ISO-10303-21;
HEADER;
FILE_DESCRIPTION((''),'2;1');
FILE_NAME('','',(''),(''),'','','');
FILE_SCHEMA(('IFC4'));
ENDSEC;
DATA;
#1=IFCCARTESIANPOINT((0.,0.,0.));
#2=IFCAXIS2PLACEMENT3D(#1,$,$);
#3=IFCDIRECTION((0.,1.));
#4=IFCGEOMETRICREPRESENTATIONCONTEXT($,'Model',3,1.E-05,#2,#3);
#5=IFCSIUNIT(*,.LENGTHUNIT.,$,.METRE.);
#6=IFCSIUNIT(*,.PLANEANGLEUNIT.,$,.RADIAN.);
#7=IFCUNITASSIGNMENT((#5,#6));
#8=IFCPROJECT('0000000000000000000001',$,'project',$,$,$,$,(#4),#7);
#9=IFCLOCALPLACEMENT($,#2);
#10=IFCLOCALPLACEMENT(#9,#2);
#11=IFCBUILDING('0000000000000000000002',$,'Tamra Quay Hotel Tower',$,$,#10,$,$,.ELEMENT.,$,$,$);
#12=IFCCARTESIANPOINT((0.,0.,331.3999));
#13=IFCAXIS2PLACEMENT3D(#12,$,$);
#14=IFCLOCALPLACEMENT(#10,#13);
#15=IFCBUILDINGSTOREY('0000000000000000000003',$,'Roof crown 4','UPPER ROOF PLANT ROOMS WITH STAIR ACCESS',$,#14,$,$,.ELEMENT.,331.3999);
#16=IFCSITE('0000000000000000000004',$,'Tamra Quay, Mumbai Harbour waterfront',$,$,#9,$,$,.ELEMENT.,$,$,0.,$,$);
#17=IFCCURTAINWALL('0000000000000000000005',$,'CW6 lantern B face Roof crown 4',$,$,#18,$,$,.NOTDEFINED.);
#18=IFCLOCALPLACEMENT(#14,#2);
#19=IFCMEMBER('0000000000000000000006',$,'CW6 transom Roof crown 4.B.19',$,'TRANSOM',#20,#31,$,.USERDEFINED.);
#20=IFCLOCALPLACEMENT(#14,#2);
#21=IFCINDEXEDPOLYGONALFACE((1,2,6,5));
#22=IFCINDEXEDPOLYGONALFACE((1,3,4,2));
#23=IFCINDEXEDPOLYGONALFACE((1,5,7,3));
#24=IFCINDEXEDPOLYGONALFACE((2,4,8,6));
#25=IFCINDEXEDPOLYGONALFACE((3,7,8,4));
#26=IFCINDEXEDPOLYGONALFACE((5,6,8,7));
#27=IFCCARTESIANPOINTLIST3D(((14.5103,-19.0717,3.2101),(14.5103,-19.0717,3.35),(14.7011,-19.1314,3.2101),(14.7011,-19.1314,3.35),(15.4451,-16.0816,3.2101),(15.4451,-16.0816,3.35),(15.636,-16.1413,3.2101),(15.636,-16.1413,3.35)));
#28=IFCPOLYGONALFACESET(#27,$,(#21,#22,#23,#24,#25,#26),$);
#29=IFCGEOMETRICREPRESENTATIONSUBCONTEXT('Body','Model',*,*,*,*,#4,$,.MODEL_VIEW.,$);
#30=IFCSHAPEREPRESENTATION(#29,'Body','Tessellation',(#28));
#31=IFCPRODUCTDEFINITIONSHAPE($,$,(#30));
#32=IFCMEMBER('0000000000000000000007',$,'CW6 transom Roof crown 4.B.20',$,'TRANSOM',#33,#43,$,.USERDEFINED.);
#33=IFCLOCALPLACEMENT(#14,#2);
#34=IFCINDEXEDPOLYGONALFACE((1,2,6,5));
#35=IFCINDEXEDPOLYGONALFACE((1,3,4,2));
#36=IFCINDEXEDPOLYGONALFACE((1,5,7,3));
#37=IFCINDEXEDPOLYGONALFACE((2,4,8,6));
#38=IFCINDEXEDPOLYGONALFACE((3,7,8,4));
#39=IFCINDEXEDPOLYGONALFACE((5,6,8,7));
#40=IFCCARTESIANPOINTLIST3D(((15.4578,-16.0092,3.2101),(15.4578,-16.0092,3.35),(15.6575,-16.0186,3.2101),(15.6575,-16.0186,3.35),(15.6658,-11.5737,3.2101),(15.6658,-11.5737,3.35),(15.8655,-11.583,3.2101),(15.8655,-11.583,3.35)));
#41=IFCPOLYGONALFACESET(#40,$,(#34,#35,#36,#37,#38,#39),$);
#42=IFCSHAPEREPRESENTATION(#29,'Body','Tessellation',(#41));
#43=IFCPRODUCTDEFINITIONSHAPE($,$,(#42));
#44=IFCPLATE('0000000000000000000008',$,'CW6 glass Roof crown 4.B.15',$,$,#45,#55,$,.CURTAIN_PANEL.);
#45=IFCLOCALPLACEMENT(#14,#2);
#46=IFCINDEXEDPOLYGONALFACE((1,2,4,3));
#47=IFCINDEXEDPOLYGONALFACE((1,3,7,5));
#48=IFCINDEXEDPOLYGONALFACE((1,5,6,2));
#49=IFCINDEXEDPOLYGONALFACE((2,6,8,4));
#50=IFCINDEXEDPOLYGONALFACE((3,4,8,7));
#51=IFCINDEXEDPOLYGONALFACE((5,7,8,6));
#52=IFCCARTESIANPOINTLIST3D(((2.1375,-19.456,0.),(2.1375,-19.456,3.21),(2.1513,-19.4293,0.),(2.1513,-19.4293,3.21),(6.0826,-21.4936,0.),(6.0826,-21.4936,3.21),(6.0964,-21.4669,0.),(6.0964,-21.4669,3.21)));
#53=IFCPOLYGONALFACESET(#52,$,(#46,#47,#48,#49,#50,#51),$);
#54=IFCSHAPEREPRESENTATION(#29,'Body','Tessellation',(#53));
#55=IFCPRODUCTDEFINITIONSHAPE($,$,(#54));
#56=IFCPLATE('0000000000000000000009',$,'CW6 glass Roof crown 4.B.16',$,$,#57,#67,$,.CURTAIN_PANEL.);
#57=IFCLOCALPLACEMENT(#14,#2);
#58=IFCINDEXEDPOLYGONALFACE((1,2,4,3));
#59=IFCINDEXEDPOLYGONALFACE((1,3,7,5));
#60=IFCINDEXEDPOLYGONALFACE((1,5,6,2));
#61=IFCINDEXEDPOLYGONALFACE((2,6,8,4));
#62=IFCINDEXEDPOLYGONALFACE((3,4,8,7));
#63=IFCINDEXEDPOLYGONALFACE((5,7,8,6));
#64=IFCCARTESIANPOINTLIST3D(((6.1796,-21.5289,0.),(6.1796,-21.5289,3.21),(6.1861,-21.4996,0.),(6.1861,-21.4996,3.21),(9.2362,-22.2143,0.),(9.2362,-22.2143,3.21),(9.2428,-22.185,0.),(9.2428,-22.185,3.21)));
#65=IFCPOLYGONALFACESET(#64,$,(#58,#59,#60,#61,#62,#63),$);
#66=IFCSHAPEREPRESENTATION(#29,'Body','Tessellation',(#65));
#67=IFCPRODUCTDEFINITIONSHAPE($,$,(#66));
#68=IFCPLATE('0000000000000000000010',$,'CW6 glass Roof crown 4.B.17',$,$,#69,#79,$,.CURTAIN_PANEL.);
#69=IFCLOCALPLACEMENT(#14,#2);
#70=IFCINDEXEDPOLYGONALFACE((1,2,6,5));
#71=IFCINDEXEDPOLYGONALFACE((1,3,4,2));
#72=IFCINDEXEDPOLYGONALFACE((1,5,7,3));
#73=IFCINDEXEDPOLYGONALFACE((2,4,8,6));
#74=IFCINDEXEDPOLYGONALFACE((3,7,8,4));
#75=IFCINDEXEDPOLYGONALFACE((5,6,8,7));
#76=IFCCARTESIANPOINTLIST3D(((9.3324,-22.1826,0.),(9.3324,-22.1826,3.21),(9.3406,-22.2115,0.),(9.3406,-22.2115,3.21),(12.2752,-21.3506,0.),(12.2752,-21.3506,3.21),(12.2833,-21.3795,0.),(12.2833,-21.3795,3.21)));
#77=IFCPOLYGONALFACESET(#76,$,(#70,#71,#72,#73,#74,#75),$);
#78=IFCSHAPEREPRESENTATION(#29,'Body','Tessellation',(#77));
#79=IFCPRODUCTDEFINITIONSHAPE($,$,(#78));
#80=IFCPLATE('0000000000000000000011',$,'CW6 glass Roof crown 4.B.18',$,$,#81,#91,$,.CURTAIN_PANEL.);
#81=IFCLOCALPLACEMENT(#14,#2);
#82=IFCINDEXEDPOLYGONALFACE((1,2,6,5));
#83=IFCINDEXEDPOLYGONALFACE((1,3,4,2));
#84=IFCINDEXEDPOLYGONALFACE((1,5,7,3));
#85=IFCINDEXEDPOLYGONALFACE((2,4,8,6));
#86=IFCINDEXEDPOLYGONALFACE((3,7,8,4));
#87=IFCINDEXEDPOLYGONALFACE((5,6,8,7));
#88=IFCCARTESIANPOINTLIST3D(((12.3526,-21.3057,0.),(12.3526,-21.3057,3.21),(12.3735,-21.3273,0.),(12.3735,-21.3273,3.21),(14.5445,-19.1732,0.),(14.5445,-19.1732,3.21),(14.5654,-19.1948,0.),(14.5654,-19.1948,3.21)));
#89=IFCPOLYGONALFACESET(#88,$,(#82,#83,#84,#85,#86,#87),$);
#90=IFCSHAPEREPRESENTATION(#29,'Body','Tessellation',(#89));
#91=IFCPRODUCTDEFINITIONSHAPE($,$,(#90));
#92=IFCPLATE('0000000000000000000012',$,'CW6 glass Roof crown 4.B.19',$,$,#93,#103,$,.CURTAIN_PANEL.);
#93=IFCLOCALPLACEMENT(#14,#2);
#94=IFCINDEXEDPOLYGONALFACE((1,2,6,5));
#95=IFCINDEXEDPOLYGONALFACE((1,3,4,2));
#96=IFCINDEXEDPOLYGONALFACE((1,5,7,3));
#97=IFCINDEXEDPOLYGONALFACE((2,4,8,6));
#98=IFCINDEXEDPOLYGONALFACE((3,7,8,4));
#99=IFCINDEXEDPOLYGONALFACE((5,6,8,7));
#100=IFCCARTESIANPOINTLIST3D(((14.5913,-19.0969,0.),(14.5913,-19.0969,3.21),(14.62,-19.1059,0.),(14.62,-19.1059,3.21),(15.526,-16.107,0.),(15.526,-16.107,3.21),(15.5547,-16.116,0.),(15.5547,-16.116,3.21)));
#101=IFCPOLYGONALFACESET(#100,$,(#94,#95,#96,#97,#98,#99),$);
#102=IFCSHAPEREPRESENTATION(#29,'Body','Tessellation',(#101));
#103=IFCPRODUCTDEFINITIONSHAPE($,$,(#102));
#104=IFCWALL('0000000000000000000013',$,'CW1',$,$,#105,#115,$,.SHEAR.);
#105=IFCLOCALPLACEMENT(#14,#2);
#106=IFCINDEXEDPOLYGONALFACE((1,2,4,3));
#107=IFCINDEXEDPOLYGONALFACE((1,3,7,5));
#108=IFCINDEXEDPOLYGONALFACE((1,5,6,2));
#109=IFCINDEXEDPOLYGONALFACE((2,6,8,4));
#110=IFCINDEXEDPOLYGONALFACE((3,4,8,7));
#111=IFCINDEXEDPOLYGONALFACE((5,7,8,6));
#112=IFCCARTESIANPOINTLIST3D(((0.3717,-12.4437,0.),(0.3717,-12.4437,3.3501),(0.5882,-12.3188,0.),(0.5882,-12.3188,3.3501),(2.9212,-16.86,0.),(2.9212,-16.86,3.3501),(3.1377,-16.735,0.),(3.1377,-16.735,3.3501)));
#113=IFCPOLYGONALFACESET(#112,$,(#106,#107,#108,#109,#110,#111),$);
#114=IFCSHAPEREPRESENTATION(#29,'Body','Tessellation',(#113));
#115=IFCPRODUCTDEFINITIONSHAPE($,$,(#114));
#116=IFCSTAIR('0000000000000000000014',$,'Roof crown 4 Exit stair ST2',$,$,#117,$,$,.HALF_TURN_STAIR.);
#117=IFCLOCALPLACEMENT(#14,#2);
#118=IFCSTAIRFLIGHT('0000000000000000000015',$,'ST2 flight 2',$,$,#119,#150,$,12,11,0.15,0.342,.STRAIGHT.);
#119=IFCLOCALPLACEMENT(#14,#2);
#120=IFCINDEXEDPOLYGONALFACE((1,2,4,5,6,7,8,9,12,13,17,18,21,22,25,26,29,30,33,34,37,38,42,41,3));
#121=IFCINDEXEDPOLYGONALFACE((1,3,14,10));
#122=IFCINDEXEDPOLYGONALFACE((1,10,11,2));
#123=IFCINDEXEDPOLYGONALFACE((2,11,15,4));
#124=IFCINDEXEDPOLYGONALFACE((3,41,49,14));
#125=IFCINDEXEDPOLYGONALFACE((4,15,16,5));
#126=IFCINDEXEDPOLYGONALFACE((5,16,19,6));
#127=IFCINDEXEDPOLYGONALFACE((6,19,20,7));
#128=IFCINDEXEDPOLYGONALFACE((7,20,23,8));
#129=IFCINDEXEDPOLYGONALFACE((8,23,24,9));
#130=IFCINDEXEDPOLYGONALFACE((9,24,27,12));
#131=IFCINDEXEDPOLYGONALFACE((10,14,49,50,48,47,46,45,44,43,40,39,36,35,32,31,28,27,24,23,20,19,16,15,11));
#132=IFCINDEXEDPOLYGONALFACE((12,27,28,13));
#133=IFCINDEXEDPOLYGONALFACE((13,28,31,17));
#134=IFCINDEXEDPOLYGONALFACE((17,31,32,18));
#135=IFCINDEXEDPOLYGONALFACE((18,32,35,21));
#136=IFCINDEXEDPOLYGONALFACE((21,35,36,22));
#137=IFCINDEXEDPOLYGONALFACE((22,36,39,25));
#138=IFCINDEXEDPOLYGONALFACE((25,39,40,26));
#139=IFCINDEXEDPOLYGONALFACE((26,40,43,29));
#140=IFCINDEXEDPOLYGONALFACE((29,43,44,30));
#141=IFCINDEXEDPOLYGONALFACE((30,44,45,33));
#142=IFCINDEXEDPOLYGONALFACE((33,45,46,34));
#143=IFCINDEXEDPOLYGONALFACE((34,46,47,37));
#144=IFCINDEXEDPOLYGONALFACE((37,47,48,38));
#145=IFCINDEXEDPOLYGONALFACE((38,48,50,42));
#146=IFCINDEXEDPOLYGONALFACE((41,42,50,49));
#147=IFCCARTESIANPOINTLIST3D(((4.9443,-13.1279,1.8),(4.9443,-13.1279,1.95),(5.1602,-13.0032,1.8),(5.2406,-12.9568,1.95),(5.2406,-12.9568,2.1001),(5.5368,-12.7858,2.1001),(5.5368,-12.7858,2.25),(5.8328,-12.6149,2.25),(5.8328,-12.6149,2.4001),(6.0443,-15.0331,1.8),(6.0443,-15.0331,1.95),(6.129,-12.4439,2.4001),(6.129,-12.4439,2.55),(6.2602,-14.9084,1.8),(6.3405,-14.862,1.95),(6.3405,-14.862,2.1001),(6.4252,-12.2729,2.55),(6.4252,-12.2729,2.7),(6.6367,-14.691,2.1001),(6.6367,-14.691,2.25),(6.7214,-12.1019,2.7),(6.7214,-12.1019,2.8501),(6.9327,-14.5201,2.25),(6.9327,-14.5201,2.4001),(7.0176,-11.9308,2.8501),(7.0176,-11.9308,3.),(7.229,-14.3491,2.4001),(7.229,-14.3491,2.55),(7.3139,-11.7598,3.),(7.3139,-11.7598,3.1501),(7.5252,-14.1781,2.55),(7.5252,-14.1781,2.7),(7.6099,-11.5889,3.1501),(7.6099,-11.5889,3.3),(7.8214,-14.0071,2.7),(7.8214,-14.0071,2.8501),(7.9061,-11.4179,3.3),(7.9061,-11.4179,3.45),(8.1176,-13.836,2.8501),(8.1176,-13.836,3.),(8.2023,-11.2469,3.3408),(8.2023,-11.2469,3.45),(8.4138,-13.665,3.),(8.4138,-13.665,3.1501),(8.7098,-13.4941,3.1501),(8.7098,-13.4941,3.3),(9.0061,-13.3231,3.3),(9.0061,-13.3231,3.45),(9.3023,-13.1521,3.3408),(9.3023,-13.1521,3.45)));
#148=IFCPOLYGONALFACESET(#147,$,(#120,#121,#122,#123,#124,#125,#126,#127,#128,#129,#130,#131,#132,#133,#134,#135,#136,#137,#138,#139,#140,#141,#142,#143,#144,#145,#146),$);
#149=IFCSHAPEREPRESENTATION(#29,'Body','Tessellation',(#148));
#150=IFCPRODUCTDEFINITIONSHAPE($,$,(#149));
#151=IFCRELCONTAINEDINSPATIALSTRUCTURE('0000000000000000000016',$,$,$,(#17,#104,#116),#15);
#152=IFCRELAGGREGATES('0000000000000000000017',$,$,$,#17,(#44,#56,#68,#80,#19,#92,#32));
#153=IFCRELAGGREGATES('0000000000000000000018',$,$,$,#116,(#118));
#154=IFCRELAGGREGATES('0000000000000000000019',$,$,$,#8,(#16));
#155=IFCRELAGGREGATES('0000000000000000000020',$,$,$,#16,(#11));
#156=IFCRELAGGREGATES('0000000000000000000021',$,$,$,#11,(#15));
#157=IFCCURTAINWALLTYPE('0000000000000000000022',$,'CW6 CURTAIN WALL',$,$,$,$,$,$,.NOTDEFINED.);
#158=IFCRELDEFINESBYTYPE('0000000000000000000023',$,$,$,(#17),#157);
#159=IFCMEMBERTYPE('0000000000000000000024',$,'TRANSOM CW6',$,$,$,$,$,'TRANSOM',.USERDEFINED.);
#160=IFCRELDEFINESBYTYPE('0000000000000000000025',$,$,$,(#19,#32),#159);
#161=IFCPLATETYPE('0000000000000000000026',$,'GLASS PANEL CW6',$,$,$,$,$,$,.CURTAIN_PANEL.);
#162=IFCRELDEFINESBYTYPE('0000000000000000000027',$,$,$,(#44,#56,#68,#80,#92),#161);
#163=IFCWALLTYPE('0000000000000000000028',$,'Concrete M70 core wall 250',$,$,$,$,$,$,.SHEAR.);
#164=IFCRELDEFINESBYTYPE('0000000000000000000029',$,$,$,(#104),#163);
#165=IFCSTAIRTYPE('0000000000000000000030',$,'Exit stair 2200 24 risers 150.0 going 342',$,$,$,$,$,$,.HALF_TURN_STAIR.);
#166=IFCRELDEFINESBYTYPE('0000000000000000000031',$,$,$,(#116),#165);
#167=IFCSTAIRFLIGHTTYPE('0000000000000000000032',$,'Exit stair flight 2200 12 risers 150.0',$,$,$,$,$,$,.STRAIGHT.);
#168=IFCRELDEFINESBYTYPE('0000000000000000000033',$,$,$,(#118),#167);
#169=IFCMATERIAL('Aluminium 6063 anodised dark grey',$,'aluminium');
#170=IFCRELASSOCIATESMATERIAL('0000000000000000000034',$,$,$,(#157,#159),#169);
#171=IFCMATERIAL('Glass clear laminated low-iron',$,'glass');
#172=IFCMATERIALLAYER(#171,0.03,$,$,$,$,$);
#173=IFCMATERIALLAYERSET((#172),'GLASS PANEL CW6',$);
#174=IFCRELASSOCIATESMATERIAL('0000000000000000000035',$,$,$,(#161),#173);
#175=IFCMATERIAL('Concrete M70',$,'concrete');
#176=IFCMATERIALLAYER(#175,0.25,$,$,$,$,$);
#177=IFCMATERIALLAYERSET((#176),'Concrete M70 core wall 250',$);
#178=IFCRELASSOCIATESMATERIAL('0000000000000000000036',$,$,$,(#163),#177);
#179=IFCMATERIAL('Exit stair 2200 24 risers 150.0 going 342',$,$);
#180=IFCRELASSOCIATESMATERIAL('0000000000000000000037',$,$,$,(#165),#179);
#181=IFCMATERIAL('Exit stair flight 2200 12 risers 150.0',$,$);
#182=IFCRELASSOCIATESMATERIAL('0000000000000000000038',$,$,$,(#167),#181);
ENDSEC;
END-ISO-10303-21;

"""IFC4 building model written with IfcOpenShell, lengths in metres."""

from ifc_helpers import new_model, si_unit, direction, frame, frame_2d, origin, origin_2d, place, context, subcontext, project, spatial, polyline, rectangle, outline, extrude, material, layer, layer_set, material_profile, profile_set, type_object, element, aggregate, save


model = new_model("IFC4")

# Units and contexts
model_context = context("Model", 3, precision=1e-05, world=origin(), true_north=direction((0.0, 1.0)))
body_context = subcontext(model_context, "Body", "Model", "MODEL_VIEW")
ifc_project = project(units=[si_unit("LENGTHUNIT", "METRE"), si_unit("PLANEANGLEUNIT", "RADIAN")], contexts=[model_context])

# Site, building, storey
site_placement = place(None, origin())
site = spatial("IfcSite", under=ifc_project, at=site_placement, Name="Tamra Quay, Mumbai Harbour waterfront", CompositionType="ELEMENT", RefElevation=0.0)
building_placement = place(site_placement, origin())
building = spatial("IfcBuilding", under=site, at=building_placement, Name="Tamra Quay Hotel Tower", CompositionType="ELEMENT")
storey_placement = place(building_placement, frame((0.0, 0.0, 331.3999)))
storey = spatial("IfcBuildingStorey", under=building, at=storey_placement, Name="Roof crown 4", Description="UPPER ROOF PLANT ROOMS WITH STAIR ACCESS", CompositionType="ELEMENT", Elevation=331.3999)

# Curtain wall, members, plates
ifc_material_1 = material(Name="Aluminium 6063 anodised dark grey", Category="aluminium")
curtain_wall_type = type_object("IfcCurtainWallType", Name="CW6 CURTAIN WALL", PredefinedType="NOTDEFINED", material=ifc_material_1)
curtain_wall_placement = place(storey_placement, origin())
curtain_wall = element("IfcCurtainWall", 1, at=curtain_wall_placement, inside=storey, type_object=curtain_wall_type, Name="CW6 lantern B face Roof crown 4", PredefinedType="NOTDEFINED")
ifc_material_profile_1 = material_profile(ifc_material_1, rectangle(XDim=0.2, YDim=0.1399, at=origin_2d()), Name="TRANSOM 200X140")
ifc_profile_set_1 = profile_set([ifc_material_profile_1], Name="Aluminium 6063 anodised dark grey")
member_type_1 = type_object("IfcMemberType", Name="TRANSOM CW6", ElementType="TRANSOM", PredefinedType="USERDEFINED", material=ifc_profile_set_1)
member_1_placement = place(storey_placement, frame((14.6057, -19.1016, 3.28), z_axis=(0.298404, 0.95444, 0.0), x_axis=(-0.95444, 0.298404, 0.0)))
member_1 = element("IfcMember", 2, at=member_1_placement, type_object=member_type_1, Name="CW6 transom Roof crown 4.B.19", ObjectType="TRANSOM", PredefinedType="USERDEFINED", context=body_context, shape_type="SweptSolid", body=[
    extrude(rectangle(XDim=0.2, YDim=0.1399, at=origin_2d()), origin(), (0.0, 0.0, 1.0), 3.1328),
])
member_2_placement = place(storey_placement, frame((15.5576, -16.0139, 3.28), z_axis=(0.046844, 0.998902, 0.0), x_axis=(-0.998902, 0.046844, 0.0)))
member_2 = element("IfcMember", 3, at=member_2_placement, type_object=member_type_1, Name="CW6 transom Roof crown 4.B.20", ObjectType="TRANSOM", PredefinedType="USERDEFINED", context=body_context, shape_type="SweptSolid", body=[
    extrude(rectangle(XDim=0.2, YDim=0.1399, at=origin_2d()), origin(), (0.0, 0.0, 1.0), 4.4404),
])
ifc_material_2 = material(Name="Glass clear laminated low-iron", Category="glass")
ifc_layer_1 = layer(ifc_material_2, 0.03)
ifc_layer_set_1 = layer_set([ifc_layer_1], Name="GLASS PANEL CW6")
plate_type = type_object("IfcPlateType", Name="GLASS PANEL CW6", PredefinedType="CURTAIN_PANEL", material=ifc_layer_set_1)
plate_1_placement = place(storey_placement, frame((4.1169, -20.4614, 0.0), z_axis=(0.0, 0.0, 1.0), x_axis=(0.888486, -0.458903, 0.0)))
plate_1 = element("IfcPlate", 4, at=plate_1_placement, type_object=plate_type, Name="CW6 glass Roof crown 4.B.15", PredefinedType="CURTAIN_PANEL", context=body_context, shape_type="SweptSolid", body=[
    extrude(rectangle(XDim=4.4402, YDim=0.03, at=origin_2d()), origin(), (0.0, 0.0, 1.0), 3.21),
])
plate_2_placement = place(storey_placement, frame((7.7112, -21.8569, 0.0), z_axis=(0.0, 0.0, 1.0), x_axis=(0.975768, -0.218806, 0.0)))
plate_2 = element("IfcPlate", 5, at=plate_2_placement, type_object=plate_type, Name="CW6 glass Roof crown 4.B.16", PredefinedType="CURTAIN_PANEL", context=body_context, shape_type="SweptSolid", body=[
    extrude(rectangle(XDim=3.1326, YDim=0.03, at=origin_2d()), origin(), (0.0, 0.0, 1.0), 3.21),
])
plate_3_placement = place(storey_placement, frame((10.8079, -21.781, 0.0), z_axis=(0.0, 0.0, 1.0), x_axis=(0.96228, 0.272062, 0.0)))
plate_3 = element("IfcPlate", 6, at=plate_3_placement, type_object=plate_type, Name="CW6 glass Roof crown 4.B.17", PredefinedType="CURTAIN_PANEL", context=body_context, shape_type="SweptSolid", body=[
    extrude(rectangle(XDim=3.0581, YDim=0.03, at=origin_2d()), origin(), (0.0, 0.0, 1.0), 3.21),
])
plate_4_placement = place(storey_placement, frame((13.459, -20.2502, 0.0), z_axis=(0.0, 0.0, 1.0), x_axis=(0.716753, 0.697327, 0.0)))
plate_4 = element("IfcPlate", 7, at=plate_4_placement, type_object=plate_type, Name="CW6 glass Roof crown 4.B.18", PredefinedType="CURTAIN_PANEL", context=body_context, shape_type="SweptSolid", body=[
    extrude(rectangle(XDim=3.0581, YDim=0.03, at=origin_2d()), origin(), (0.0, 0.0, 1.0), 3.21),
])
plate_5_placement = place(storey_placement, frame((15.073, -17.6064, 0.0), z_axis=(0.0, 0.0, 1.0), x_axis=(0.298392, 0.954443, 0.0)))
plate_5 = element("IfcPlate", 8, at=plate_5_placement, type_object=plate_type, Name="CW6 glass Roof crown 4.B.19", PredefinedType="CURTAIN_PANEL", context=body_context, shape_type="SweptSolid", body=[
    extrude(rectangle(XDim=3.1326, YDim=0.03, at=origin_2d()), origin(), (0.0, 0.0, 1.0), 3.21),
])
aggregate(curtain_wall, [plate_1, plate_2, plate_3, plate_4, member_1, plate_5, member_2])

# Wall
ifc_material_3 = material(Name="Concrete M70", Category="concrete")
ifc_layer_2 = layer(ifc_material_3, 0.25)
ifc_layer_set_2 = layer_set([ifc_layer_2], Name="Concrete M70 core wall 250")
wall_type = type_object("IfcWallType", Name="Concrete M70 core wall 250", PredefinedType="SHEAR", material=ifc_layer_set_2)
wall_placement = place(storey_placement, frame((3.0295, -16.7976, 0.0), z_axis=(0.0, 0.0, 1.0), x_axis=(-0.499975, 0.86604, 0.0)))
element("IfcWall", 9, at=wall_placement, inside=storey, type_object=wall_type, Name="CW1", PredefinedType="SHEAR", context=body_context, shape_type="SweptSolid", body=[
    extrude(rectangle(XDim=5.0994, YDim=0.25, at=frame_2d((2.5498, 0.0))), origin(), (0.0, 0.0, 1.0), 3.3501),
])

# Stair, stair flight
ifc_material_4 = material(Name="Exit stair 2200 24 risers 150.0 going 342")
stair_type = type_object("IfcStairType", Name="Exit stair 2200 24 risers 150.0 going 342", PredefinedType="HALF_TURN_STAIR", material=ifc_material_4)
stair_placement = place(storey_placement, origin())
stair = element("IfcStair", 10, at=stair_placement, inside=storey, type_object=stair_type, Name="Roof crown 4 Exit stair ST2", PredefinedType="HALF_TURN_STAIR")
ifc_material_5 = material(Name="Exit stair flight 2200 12 risers 150.0")
stair_flight_type = type_object("IfcStairFlightType", Name="Exit stair flight 2200 12 risers 150.0", PredefinedType="STRAIGHT", material=ifc_material_5)
stair_flight_placement = place(storey_placement, frame((5.4944, -14.0806, 1.8), z_axis=(0.0, 0.0, 1.0), x_axis=(0.866025, 0.5, 0.0)))
stair_flight = element("IfcStairFlight", 11, at=stair_flight_placement, type_object=stair_flight_type, Name="ST2 flight 2", NumberOfRisers=12, NumberOfTreads=11, PredefinedType="STRAIGHT", RiserHeight=0.15, TreadLength=0.342, context=body_context, shape_type="SweptSolid", body=[
    extrude(outline(polyline([(0.0, 0.0), (0.0, 0.1499), (0.342, 0.1499), (0.342, 0.3), (0.6841, 0.3), (0.6841, 0.45), (1.0259, 0.45), (1.0259, 0.6001), (1.3679, 0.6001), (1.3679, 0.75), (1.71, 0.75), (1.71, 0.8999), (2.052, 0.8999), (2.052, 1.05), (2.394, 1.05), (2.394, 1.2), (2.7361, 1.2), (2.7361, 1.3501), (3.0779, 1.3501), (3.0779, 1.5), (3.4199, 1.5), (3.4199, 1.6499), (3.762, 1.6499), (3.762, 1.8), (3.762, 1.5408), (0.2493, 0.0), (0.0, 0.0)])), frame((0.0, 1.1001, 0.0), z_axis=(0.0, -1.0, 0.0), x_axis=(1.0, 0.0, 0.0)), (0.0, 0.0, 1.0), 2.2),
])
aggregate(stair, [stair_flight])

save(model, "model.ifc")
